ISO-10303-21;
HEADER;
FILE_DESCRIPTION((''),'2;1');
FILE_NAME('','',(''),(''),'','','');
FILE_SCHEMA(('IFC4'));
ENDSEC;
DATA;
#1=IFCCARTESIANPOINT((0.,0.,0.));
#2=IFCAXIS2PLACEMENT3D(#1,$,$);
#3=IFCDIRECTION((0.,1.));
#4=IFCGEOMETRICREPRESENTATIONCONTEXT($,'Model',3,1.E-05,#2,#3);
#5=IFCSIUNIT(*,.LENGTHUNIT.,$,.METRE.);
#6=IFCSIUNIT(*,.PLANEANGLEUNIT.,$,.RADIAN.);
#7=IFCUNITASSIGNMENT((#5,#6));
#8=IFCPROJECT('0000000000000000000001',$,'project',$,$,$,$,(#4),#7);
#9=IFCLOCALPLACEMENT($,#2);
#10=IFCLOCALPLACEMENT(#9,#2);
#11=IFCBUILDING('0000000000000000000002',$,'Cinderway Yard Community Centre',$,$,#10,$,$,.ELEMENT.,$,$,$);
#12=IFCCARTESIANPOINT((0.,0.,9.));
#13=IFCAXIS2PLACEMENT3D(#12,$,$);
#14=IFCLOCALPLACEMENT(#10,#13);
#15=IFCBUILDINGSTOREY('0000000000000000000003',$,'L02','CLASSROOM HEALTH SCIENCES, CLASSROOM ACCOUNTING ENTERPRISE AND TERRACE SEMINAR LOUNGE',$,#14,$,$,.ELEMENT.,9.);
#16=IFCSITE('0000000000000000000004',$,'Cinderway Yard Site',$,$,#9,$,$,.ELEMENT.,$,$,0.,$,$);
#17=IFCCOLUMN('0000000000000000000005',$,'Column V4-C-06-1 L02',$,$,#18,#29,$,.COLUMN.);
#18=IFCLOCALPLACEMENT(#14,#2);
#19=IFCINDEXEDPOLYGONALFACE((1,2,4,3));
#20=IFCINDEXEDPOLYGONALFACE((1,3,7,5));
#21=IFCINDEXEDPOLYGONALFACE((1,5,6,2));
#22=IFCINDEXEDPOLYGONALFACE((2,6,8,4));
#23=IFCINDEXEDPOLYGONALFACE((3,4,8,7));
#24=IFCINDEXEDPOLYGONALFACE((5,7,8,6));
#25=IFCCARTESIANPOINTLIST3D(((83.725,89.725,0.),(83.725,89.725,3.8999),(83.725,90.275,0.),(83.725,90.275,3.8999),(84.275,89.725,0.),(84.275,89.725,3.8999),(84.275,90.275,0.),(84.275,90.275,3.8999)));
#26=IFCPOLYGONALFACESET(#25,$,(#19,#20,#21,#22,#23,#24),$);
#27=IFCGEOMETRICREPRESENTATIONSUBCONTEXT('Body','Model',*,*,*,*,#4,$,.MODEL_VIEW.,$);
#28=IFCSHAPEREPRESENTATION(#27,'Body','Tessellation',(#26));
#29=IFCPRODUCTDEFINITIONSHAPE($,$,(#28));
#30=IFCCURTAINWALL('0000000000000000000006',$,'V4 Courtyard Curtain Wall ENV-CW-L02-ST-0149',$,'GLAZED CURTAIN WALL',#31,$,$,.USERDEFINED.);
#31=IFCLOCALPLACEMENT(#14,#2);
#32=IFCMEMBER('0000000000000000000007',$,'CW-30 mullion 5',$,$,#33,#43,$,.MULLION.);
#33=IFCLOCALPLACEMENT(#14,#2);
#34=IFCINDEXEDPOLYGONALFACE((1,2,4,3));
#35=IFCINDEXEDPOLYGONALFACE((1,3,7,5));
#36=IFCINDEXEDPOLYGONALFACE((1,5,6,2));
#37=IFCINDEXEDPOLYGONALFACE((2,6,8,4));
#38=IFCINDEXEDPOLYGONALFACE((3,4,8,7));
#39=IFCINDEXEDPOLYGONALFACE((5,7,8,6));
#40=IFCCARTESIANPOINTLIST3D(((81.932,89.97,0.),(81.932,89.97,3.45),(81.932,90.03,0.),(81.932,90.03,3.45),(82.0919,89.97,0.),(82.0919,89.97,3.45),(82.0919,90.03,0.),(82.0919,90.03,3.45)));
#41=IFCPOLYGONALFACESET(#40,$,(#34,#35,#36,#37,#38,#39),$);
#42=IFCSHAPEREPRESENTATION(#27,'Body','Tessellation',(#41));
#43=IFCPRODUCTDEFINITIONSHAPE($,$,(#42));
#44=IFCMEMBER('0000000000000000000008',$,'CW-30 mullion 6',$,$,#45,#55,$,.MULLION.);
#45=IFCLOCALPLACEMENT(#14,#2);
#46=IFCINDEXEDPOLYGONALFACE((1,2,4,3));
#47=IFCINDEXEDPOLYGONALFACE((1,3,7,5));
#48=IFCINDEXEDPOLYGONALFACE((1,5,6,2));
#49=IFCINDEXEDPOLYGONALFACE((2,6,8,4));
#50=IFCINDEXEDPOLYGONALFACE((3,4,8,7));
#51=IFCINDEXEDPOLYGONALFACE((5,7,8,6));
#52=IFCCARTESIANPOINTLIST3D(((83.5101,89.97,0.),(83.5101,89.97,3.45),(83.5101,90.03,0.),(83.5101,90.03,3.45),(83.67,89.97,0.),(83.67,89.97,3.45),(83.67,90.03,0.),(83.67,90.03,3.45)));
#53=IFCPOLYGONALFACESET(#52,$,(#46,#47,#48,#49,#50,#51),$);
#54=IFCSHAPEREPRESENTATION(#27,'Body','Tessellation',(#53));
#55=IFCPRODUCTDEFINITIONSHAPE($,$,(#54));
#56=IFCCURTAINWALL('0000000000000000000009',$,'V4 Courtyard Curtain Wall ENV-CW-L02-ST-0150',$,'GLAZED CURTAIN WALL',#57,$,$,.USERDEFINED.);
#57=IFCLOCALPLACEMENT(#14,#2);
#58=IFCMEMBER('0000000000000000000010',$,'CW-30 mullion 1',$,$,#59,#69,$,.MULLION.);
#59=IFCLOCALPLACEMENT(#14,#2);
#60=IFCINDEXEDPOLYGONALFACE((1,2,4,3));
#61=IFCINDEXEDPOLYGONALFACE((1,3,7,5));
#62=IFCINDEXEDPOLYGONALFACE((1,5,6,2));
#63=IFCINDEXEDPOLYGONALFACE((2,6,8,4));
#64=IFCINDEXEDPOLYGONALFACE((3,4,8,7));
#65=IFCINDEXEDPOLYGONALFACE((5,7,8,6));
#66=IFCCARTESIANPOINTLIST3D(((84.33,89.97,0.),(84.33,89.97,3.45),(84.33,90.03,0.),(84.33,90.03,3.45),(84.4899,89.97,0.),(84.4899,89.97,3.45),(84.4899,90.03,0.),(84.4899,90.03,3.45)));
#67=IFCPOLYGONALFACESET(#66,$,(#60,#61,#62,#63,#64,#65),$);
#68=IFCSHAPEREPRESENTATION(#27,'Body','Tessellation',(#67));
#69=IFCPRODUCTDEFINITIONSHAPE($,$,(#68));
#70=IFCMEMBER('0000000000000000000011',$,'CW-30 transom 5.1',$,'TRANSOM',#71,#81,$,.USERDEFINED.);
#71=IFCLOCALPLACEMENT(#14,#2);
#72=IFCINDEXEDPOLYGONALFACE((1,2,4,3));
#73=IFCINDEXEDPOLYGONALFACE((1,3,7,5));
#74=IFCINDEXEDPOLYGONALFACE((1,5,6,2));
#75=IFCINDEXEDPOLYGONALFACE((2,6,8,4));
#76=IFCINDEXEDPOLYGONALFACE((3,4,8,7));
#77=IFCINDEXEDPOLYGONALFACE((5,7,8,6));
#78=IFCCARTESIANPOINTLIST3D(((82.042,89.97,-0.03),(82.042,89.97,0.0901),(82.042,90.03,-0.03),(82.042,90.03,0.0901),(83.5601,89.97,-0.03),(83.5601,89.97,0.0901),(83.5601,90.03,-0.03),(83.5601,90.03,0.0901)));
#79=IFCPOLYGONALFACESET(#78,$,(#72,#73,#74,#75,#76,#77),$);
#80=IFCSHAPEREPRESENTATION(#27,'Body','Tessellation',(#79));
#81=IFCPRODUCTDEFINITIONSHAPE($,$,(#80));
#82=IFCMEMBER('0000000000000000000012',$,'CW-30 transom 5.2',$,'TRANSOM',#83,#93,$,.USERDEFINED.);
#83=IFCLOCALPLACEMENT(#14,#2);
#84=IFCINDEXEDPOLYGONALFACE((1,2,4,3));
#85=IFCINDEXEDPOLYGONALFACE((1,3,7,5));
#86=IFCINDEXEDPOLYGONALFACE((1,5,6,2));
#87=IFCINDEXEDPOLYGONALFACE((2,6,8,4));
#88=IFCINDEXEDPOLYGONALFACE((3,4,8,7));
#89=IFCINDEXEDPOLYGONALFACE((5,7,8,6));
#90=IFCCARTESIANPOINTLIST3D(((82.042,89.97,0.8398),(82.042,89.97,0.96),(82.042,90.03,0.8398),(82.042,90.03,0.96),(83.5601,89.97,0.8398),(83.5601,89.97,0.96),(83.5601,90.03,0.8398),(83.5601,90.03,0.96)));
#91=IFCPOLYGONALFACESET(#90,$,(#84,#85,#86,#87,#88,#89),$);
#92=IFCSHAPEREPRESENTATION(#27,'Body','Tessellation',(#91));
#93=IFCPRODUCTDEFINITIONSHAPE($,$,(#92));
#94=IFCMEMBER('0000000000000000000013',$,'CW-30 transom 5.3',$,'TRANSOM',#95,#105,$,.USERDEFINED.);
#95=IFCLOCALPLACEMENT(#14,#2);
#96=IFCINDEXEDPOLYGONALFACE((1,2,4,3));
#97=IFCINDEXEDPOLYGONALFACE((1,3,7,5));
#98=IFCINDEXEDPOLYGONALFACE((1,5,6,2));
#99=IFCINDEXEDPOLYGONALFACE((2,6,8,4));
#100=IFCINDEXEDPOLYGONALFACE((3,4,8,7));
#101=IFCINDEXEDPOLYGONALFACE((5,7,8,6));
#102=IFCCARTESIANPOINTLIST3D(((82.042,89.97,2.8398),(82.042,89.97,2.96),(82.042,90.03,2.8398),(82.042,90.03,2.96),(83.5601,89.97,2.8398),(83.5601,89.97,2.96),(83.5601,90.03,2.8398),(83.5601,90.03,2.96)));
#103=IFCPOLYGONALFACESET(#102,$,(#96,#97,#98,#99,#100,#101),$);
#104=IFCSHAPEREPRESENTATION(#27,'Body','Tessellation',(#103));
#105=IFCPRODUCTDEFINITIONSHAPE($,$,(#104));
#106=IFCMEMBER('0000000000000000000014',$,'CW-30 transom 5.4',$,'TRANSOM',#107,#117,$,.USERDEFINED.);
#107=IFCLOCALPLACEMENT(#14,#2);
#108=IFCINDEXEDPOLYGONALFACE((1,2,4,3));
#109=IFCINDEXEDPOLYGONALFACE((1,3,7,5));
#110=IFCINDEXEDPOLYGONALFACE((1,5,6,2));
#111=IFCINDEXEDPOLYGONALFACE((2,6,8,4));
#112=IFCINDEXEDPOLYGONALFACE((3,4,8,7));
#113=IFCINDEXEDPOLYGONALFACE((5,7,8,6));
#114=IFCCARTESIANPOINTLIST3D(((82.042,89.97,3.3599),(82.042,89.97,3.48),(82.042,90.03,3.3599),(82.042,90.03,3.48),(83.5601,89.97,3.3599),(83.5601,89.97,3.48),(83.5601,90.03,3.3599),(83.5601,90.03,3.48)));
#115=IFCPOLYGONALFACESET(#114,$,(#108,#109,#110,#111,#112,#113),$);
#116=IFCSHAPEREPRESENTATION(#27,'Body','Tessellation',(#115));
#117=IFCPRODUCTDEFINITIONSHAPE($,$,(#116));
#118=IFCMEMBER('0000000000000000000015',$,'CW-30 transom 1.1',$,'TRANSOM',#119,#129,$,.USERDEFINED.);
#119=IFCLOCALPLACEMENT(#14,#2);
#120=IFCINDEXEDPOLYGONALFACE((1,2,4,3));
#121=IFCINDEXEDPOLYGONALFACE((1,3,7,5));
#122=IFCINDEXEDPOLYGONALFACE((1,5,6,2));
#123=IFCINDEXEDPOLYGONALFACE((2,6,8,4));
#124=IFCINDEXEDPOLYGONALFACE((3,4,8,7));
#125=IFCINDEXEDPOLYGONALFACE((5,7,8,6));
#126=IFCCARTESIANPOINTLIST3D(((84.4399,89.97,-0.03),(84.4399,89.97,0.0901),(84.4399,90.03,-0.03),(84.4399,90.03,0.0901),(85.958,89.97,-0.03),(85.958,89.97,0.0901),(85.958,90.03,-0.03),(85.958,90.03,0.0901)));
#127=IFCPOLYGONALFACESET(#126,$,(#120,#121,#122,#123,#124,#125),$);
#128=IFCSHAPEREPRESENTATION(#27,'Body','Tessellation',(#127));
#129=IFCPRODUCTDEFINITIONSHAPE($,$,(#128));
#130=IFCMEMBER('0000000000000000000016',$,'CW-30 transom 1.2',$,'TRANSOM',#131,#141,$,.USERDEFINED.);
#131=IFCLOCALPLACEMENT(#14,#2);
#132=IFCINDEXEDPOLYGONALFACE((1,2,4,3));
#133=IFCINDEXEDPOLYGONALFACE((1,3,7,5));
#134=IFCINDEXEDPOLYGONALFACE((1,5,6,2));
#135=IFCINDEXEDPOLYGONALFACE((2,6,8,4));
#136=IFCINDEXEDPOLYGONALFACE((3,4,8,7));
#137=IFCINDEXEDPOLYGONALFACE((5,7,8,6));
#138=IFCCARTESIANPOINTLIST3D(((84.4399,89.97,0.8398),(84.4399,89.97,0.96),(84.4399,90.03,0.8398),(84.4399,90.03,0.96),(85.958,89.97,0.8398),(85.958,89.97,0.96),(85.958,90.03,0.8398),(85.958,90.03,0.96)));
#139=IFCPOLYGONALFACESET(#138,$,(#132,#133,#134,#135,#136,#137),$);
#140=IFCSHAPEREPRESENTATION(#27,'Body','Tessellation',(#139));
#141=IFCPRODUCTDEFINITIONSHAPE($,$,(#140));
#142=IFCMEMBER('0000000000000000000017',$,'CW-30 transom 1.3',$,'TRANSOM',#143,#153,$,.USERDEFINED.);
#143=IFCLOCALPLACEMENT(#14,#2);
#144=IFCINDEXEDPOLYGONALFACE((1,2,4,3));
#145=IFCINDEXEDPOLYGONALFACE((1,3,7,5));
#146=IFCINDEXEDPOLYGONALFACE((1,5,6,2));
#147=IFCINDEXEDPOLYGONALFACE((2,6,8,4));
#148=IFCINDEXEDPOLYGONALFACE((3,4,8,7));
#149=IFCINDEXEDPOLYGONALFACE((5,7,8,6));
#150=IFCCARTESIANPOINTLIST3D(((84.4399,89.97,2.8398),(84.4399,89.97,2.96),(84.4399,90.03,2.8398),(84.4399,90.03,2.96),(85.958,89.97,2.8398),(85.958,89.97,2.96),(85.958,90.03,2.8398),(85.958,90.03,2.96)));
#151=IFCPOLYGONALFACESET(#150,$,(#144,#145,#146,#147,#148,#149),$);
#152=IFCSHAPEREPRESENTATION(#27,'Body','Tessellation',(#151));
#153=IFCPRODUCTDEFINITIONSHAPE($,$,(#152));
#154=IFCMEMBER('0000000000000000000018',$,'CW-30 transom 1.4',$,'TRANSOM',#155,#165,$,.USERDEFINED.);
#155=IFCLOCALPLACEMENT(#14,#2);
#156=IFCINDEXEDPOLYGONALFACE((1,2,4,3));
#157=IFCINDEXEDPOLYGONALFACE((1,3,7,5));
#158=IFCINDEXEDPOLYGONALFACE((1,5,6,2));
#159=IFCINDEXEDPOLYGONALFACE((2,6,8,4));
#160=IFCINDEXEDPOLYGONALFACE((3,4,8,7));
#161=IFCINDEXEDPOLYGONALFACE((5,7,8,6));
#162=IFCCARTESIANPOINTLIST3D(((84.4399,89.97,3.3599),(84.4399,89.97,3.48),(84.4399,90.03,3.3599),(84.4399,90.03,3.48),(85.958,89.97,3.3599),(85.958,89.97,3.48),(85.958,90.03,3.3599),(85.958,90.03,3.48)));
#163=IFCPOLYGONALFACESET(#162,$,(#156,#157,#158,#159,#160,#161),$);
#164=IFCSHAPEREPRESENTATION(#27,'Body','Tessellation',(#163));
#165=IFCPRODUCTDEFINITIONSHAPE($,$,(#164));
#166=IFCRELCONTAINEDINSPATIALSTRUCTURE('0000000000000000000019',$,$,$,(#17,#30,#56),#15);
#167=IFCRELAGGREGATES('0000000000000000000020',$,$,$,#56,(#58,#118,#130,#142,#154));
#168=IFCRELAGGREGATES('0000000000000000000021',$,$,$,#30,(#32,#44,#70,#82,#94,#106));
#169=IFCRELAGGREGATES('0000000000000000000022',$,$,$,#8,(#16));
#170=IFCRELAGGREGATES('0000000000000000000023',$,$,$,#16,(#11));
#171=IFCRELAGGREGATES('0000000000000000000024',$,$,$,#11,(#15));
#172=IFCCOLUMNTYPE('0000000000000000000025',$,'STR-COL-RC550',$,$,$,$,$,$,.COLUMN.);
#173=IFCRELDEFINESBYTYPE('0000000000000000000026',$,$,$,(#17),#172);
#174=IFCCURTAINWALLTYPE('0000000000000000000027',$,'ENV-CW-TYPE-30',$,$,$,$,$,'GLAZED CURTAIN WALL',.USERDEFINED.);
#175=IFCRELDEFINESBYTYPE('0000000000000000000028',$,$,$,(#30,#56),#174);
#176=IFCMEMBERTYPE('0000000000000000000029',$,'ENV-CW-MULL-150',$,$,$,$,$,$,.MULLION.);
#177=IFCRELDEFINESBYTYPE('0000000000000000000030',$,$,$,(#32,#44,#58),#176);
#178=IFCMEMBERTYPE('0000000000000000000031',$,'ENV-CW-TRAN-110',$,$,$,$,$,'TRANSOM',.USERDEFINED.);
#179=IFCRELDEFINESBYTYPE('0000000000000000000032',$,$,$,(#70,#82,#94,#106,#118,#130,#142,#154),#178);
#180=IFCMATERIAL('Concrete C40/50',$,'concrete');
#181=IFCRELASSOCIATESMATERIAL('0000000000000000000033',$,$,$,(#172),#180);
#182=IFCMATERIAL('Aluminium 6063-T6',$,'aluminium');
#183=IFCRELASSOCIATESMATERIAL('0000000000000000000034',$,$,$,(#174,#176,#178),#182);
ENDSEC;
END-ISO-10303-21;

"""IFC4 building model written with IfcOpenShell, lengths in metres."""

from ifc_helpers import new_model, si_unit, direction, frame, origin, origin_2d, place, context, subcontext, project, spatial, rectangle, extrude, material, material_profile, profile_set, type_object, element, aggregate, save


model = new_model("IFC4")

# Units and contexts
model_context = context("Model", 3, precision=1e-05, world=origin(), true_north=direction((0.0, 1.0)))
body_context = subcontext(model_context, "Body", "Model", "MODEL_VIEW")
ifc_project = project(units=[si_unit("LENGTHUNIT", "METRE"), si_unit("PLANEANGLEUNIT", "RADIAN")], contexts=[model_context])

# Site, building, storey
site_placement = place(None, origin())
site = spatial("IfcSite", under=ifc_project, at=site_placement, Name="Cinderway Yard Site", CompositionType="ELEMENT", RefElevation=0.0)
building_placement = place(site_placement, origin())
building = spatial("IfcBuilding", under=site, at=building_placement, Name="Cinderway Yard Community Centre", CompositionType="ELEMENT")
storey_placement = place(building_placement, frame((0.0, 0.0, 9.0)))
storey = spatial("IfcBuildingStorey", under=building, at=storey_placement, Name="L02", Description="CLASSROOM HEALTH SCIENCES, CLASSROOM ACCOUNTING ENTERPRISE AND TERRACE SEMINAR LOUNGE", CompositionType="ELEMENT", Elevation=9.0)

# Column
ifc_material_1 = material(Name="Concrete C40/50", Category="concrete")
ifc_material_profile_1 = material_profile(ifc_material_1, rectangle(XDim=0.55, YDim=0.55, at=origin_2d()), Name="Concrete C40/50")
ifc_profile_set_1 = profile_set([ifc_material_profile_1], Name="Concrete C40/50")
column_type = type_object("IfcColumnType", Name="STR-COL-RC550", PredefinedType="COLUMN", material=ifc_profile_set_1)
column_placement = place(storey_placement, frame((84.0, 90.0, 0.0), z_axis=(0.0, 0.0, 1.0), x_axis=(1.0, 0.0, 0.0)))
element("IfcColumn", 1, at=column_placement, inside=storey, type_object=column_type, Name="Column V4-C-06-1 L02", PredefinedType="COLUMN", context=body_context, shape_type="SweptSolid", body=[
    extrude(rectangle(XDim=0.55, YDim=0.55, at=origin_2d()), origin(), (0.0, 0.0, 1.0), 3.8999),
])

# Curtain wall, members
ifc_material_2 = material(Name="Aluminium 6063-T6", Category="aluminium")
curtain_wall_type = type_object("IfcCurtainWallType", Name="ENV-CW-TYPE-30", ElementType="GLAZED CURTAIN WALL", PredefinedType="USERDEFINED", material=ifc_material_2)
curtain_wall_1_placement = place(storey_placement, origin())
curtain_wall_1 = element("IfcCurtainWall", 2, at=curtain_wall_1_placement, inside=storey, type_object=curtain_wall_type, Name="V4 Courtyard Curtain Wall ENV-CW-L02-ST-0149", ObjectType="GLAZED CURTAIN WALL", PredefinedType="USERDEFINED")
ifc_material_profile_2 = material_profile(ifc_material_2, rectangle(XDim=0.0601, YDim=0.1599, at=origin_2d()), Name="Aluminium 6063-T6")
ifc_profile_set_2 = profile_set([ifc_material_profile_2], Name="Aluminium 6063-T6")
member_type_1 = type_object("IfcMemberType", Name="ENV-CW-MULL-150", PredefinedType="MULLION", material=ifc_profile_set_2)
member_1_placement = place(storey_placement, frame((82.012, 90.0, 0.0), z_axis=(0.0, 0.0, 1.0), x_axis=(0.0, 1.0, 0.0)))
member_1 = element("IfcMember", 3, at=member_1_placement, type_object=member_type_1, Name="CW-30 mullion 5", PredefinedType="MULLION", context=body_context, shape_type="SweptSolid", body=[
    extrude(rectangle(XDim=0.0601, YDim=0.1599, at=origin_2d()), origin(), (0.0, 0.0, 1.0), 3.45),
])
member_2_placement = place(storey_placement, frame((83.5901, 90.0, 0.0), z_axis=(0.0, 0.0, 1.0), x_axis=(0.0, 1.0, 0.0)))
member_2 = element("IfcMember", 4, at=member_2_placement, type_object=member_type_1, Name="CW-30 mullion 6", PredefinedType="MULLION", context=body_context, shape_type="SweptSolid", body=[
    extrude(rectangle(XDim=0.0601, YDim=0.1599, at=origin_2d()), origin(), (0.0, 0.0, 1.0), 3.45),
])

# Curtain wall, member
curtain_wall_2_placement = place(storey_placement, origin())
curtain_wall_2 = element("IfcCurtainWall", 5, at=curtain_wall_2_placement, inside=storey, type_object=curtain_wall_type, Name="V4 Courtyard Curtain Wall ENV-CW-L02-ST-0150", ObjectType="GLAZED CURTAIN WALL", PredefinedType="USERDEFINED")
member_3_placement = place(storey_placement, frame((84.4099, 90.0, 0.0), z_axis=(0.0, 0.0, 1.0), x_axis=(0.0, 1.0, 0.0)))
member_3 = element("IfcMember", 6, at=member_3_placement, type_object=member_type_1, Name="CW-30 mullion 1", PredefinedType="MULLION", context=body_context, shape_type="SweptSolid", body=[
    extrude(rectangle(XDim=0.0601, YDim=0.1599, at=origin_2d()), origin(), (0.0, 0.0, 1.0), 3.45),
])

# Members
ifc_material_profile_3 = material_profile(ifc_material_2, rectangle(XDim=0.0601, YDim=0.1201, at=origin_2d()), Name="Aluminium 6063-T6")
ifc_profile_set_3 = profile_set([ifc_material_profile_3], Name="Aluminium 6063-T6")
member_type_2 = type_object("IfcMemberType", Name="ENV-CW-TRAN-110", ElementType="TRANSOM", PredefinedType="USERDEFINED", material=ifc_profile_set_3)
member_4_placement = place(storey_placement, frame((82.042, 90.0, 0.03), z_axis=(1.0, 0.0, 0.0), x_axis=(0.0, 1.0, 0.0)))
member_4 = element("IfcMember", 7, at=member_4_placement, type_object=member_type_2, Name="CW-30 transom 5.1", ObjectType="TRANSOM", PredefinedType="USERDEFINED", context=body_context, shape_type="SweptSolid", body=[
    extrude(rectangle(XDim=0.0601, YDim=0.1201, at=origin_2d()), origin(), (0.0, 0.0, 1.0), 1.5181),
])
member_5_placement = place(storey_placement, frame((82.042, 90.0, 0.8999), z_axis=(1.0, 0.0, 0.0), x_axis=(0.0, 1.0, 0.0)))
member_5 = element("IfcMember", 8, at=member_5_placement, type_object=member_type_2, Name="CW-30 transom 5.2", ObjectType="TRANSOM", PredefinedType="USERDEFINED", context=body_context, shape_type="SweptSolid", body=[
    extrude(rectangle(XDim=0.0601, YDim=0.1201, at=origin_2d()), origin(), (0.0, 0.0, 1.0), 1.5181),
])
member_6_placement = place(storey_placement, frame((82.042, 90.0, 2.8999), z_axis=(1.0, 0.0, 0.0), x_axis=(0.0, 1.0, 0.0)))
member_6 = element("IfcMember", 9, at=member_6_placement, type_object=member_type_2, Name="CW-30 transom 5.3", ObjectType="TRANSOM", PredefinedType="USERDEFINED", context=body_context, shape_type="SweptSolid", body=[
    extrude(rectangle(XDim=0.0601, YDim=0.1201, at=origin_2d()), origin(), (0.0, 0.0, 1.0), 1.5181),
])
member_7_placement = place(storey_placement, frame((82.042, 90.0, 3.4199), z_axis=(1.0, 0.0, 0.0), x_axis=(0.0, 1.0, 0.0)))
member_7 = element("IfcMember", 10, at=member_7_placement, type_object=member_type_2, Name="CW-30 transom 5.4", ObjectType="TRANSOM", PredefinedType="USERDEFINED", context=body_context, shape_type="SweptSolid", body=[
    extrude(rectangle(XDim=0.0601, YDim=0.1201, at=origin_2d()), origin(), (0.0, 0.0, 1.0), 1.5181),
])
member_8_placement = place(storey_placement, frame((84.4399, 90.0, 0.03), z_axis=(1.0, 0.0, 0.0), x_axis=(0.0, 1.0, 0.0)))
member_8 = element("IfcMember", 11, at=member_8_placement, type_object=member_type_2, Name="CW-30 transom 1.1", ObjectType="TRANSOM", PredefinedType="USERDEFINED", context=body_context, shape_type="SweptSolid", body=[
    extrude(rectangle(XDim=0.0601, YDim=0.1201, at=origin_2d()), origin(), (0.0, 0.0, 1.0), 1.5181),
])
member_9_placement = place(storey_placement, frame((84.4399, 90.0, 0.8999), z_axis=(1.0, 0.0, 0.0), x_axis=(0.0, 1.0, 0.0)))
member_9 = element("IfcMember", 12, at=member_9_placement, type_object=member_type_2, Name="CW-30 transom 1.2", ObjectType="TRANSOM", PredefinedType="USERDEFINED", context=body_context, shape_type="SweptSolid", body=[
    extrude(rectangle(XDim=0.0601, YDim=0.1201, at=origin_2d()), origin(), (0.0, 0.0, 1.0), 1.5181),
])
member_10_placement = place(storey_placement, frame((84.4399, 90.0, 2.8999), z_axis=(1.0, 0.0, 0.0), x_axis=(0.0, 1.0, 0.0)))
member_10 = element("IfcMember", 13, at=member_10_placement, type_object=member_type_2, Name="CW-30 transom 1.3", ObjectType="TRANSOM", PredefinedType="USERDEFINED", context=body_context, shape_type="SweptSolid", body=[
    extrude(rectangle(XDim=0.0601, YDim=0.1201, at=origin_2d()), origin(), (0.0, 0.0, 1.0), 1.5181),
])
member_11_placement = place(storey_placement, frame((84.4399, 90.0, 3.4199), z_axis=(1.0, 0.0, 0.0), x_axis=(0.0, 1.0, 0.0)))
member_11 = element("IfcMember", 14, at=member_11_placement, type_object=member_type_2, Name="CW-30 transom 1.4", ObjectType="TRANSOM", PredefinedType="USERDEFINED", context=body_context, shape_type="SweptSolid", body=[
    extrude(rectangle(XDim=0.0601, YDim=0.1201, at=origin_2d()), origin(), (0.0, 0.0, 1.0), 1.5181),
])
aggregate(curtain_wall_2, [member_3, member_8, member_9, member_10, member_11])

aggregate(curtain_wall_1, [member_1, member_2, member_4, member_5, member_6, member_7])

save(model, "model.ifc")
